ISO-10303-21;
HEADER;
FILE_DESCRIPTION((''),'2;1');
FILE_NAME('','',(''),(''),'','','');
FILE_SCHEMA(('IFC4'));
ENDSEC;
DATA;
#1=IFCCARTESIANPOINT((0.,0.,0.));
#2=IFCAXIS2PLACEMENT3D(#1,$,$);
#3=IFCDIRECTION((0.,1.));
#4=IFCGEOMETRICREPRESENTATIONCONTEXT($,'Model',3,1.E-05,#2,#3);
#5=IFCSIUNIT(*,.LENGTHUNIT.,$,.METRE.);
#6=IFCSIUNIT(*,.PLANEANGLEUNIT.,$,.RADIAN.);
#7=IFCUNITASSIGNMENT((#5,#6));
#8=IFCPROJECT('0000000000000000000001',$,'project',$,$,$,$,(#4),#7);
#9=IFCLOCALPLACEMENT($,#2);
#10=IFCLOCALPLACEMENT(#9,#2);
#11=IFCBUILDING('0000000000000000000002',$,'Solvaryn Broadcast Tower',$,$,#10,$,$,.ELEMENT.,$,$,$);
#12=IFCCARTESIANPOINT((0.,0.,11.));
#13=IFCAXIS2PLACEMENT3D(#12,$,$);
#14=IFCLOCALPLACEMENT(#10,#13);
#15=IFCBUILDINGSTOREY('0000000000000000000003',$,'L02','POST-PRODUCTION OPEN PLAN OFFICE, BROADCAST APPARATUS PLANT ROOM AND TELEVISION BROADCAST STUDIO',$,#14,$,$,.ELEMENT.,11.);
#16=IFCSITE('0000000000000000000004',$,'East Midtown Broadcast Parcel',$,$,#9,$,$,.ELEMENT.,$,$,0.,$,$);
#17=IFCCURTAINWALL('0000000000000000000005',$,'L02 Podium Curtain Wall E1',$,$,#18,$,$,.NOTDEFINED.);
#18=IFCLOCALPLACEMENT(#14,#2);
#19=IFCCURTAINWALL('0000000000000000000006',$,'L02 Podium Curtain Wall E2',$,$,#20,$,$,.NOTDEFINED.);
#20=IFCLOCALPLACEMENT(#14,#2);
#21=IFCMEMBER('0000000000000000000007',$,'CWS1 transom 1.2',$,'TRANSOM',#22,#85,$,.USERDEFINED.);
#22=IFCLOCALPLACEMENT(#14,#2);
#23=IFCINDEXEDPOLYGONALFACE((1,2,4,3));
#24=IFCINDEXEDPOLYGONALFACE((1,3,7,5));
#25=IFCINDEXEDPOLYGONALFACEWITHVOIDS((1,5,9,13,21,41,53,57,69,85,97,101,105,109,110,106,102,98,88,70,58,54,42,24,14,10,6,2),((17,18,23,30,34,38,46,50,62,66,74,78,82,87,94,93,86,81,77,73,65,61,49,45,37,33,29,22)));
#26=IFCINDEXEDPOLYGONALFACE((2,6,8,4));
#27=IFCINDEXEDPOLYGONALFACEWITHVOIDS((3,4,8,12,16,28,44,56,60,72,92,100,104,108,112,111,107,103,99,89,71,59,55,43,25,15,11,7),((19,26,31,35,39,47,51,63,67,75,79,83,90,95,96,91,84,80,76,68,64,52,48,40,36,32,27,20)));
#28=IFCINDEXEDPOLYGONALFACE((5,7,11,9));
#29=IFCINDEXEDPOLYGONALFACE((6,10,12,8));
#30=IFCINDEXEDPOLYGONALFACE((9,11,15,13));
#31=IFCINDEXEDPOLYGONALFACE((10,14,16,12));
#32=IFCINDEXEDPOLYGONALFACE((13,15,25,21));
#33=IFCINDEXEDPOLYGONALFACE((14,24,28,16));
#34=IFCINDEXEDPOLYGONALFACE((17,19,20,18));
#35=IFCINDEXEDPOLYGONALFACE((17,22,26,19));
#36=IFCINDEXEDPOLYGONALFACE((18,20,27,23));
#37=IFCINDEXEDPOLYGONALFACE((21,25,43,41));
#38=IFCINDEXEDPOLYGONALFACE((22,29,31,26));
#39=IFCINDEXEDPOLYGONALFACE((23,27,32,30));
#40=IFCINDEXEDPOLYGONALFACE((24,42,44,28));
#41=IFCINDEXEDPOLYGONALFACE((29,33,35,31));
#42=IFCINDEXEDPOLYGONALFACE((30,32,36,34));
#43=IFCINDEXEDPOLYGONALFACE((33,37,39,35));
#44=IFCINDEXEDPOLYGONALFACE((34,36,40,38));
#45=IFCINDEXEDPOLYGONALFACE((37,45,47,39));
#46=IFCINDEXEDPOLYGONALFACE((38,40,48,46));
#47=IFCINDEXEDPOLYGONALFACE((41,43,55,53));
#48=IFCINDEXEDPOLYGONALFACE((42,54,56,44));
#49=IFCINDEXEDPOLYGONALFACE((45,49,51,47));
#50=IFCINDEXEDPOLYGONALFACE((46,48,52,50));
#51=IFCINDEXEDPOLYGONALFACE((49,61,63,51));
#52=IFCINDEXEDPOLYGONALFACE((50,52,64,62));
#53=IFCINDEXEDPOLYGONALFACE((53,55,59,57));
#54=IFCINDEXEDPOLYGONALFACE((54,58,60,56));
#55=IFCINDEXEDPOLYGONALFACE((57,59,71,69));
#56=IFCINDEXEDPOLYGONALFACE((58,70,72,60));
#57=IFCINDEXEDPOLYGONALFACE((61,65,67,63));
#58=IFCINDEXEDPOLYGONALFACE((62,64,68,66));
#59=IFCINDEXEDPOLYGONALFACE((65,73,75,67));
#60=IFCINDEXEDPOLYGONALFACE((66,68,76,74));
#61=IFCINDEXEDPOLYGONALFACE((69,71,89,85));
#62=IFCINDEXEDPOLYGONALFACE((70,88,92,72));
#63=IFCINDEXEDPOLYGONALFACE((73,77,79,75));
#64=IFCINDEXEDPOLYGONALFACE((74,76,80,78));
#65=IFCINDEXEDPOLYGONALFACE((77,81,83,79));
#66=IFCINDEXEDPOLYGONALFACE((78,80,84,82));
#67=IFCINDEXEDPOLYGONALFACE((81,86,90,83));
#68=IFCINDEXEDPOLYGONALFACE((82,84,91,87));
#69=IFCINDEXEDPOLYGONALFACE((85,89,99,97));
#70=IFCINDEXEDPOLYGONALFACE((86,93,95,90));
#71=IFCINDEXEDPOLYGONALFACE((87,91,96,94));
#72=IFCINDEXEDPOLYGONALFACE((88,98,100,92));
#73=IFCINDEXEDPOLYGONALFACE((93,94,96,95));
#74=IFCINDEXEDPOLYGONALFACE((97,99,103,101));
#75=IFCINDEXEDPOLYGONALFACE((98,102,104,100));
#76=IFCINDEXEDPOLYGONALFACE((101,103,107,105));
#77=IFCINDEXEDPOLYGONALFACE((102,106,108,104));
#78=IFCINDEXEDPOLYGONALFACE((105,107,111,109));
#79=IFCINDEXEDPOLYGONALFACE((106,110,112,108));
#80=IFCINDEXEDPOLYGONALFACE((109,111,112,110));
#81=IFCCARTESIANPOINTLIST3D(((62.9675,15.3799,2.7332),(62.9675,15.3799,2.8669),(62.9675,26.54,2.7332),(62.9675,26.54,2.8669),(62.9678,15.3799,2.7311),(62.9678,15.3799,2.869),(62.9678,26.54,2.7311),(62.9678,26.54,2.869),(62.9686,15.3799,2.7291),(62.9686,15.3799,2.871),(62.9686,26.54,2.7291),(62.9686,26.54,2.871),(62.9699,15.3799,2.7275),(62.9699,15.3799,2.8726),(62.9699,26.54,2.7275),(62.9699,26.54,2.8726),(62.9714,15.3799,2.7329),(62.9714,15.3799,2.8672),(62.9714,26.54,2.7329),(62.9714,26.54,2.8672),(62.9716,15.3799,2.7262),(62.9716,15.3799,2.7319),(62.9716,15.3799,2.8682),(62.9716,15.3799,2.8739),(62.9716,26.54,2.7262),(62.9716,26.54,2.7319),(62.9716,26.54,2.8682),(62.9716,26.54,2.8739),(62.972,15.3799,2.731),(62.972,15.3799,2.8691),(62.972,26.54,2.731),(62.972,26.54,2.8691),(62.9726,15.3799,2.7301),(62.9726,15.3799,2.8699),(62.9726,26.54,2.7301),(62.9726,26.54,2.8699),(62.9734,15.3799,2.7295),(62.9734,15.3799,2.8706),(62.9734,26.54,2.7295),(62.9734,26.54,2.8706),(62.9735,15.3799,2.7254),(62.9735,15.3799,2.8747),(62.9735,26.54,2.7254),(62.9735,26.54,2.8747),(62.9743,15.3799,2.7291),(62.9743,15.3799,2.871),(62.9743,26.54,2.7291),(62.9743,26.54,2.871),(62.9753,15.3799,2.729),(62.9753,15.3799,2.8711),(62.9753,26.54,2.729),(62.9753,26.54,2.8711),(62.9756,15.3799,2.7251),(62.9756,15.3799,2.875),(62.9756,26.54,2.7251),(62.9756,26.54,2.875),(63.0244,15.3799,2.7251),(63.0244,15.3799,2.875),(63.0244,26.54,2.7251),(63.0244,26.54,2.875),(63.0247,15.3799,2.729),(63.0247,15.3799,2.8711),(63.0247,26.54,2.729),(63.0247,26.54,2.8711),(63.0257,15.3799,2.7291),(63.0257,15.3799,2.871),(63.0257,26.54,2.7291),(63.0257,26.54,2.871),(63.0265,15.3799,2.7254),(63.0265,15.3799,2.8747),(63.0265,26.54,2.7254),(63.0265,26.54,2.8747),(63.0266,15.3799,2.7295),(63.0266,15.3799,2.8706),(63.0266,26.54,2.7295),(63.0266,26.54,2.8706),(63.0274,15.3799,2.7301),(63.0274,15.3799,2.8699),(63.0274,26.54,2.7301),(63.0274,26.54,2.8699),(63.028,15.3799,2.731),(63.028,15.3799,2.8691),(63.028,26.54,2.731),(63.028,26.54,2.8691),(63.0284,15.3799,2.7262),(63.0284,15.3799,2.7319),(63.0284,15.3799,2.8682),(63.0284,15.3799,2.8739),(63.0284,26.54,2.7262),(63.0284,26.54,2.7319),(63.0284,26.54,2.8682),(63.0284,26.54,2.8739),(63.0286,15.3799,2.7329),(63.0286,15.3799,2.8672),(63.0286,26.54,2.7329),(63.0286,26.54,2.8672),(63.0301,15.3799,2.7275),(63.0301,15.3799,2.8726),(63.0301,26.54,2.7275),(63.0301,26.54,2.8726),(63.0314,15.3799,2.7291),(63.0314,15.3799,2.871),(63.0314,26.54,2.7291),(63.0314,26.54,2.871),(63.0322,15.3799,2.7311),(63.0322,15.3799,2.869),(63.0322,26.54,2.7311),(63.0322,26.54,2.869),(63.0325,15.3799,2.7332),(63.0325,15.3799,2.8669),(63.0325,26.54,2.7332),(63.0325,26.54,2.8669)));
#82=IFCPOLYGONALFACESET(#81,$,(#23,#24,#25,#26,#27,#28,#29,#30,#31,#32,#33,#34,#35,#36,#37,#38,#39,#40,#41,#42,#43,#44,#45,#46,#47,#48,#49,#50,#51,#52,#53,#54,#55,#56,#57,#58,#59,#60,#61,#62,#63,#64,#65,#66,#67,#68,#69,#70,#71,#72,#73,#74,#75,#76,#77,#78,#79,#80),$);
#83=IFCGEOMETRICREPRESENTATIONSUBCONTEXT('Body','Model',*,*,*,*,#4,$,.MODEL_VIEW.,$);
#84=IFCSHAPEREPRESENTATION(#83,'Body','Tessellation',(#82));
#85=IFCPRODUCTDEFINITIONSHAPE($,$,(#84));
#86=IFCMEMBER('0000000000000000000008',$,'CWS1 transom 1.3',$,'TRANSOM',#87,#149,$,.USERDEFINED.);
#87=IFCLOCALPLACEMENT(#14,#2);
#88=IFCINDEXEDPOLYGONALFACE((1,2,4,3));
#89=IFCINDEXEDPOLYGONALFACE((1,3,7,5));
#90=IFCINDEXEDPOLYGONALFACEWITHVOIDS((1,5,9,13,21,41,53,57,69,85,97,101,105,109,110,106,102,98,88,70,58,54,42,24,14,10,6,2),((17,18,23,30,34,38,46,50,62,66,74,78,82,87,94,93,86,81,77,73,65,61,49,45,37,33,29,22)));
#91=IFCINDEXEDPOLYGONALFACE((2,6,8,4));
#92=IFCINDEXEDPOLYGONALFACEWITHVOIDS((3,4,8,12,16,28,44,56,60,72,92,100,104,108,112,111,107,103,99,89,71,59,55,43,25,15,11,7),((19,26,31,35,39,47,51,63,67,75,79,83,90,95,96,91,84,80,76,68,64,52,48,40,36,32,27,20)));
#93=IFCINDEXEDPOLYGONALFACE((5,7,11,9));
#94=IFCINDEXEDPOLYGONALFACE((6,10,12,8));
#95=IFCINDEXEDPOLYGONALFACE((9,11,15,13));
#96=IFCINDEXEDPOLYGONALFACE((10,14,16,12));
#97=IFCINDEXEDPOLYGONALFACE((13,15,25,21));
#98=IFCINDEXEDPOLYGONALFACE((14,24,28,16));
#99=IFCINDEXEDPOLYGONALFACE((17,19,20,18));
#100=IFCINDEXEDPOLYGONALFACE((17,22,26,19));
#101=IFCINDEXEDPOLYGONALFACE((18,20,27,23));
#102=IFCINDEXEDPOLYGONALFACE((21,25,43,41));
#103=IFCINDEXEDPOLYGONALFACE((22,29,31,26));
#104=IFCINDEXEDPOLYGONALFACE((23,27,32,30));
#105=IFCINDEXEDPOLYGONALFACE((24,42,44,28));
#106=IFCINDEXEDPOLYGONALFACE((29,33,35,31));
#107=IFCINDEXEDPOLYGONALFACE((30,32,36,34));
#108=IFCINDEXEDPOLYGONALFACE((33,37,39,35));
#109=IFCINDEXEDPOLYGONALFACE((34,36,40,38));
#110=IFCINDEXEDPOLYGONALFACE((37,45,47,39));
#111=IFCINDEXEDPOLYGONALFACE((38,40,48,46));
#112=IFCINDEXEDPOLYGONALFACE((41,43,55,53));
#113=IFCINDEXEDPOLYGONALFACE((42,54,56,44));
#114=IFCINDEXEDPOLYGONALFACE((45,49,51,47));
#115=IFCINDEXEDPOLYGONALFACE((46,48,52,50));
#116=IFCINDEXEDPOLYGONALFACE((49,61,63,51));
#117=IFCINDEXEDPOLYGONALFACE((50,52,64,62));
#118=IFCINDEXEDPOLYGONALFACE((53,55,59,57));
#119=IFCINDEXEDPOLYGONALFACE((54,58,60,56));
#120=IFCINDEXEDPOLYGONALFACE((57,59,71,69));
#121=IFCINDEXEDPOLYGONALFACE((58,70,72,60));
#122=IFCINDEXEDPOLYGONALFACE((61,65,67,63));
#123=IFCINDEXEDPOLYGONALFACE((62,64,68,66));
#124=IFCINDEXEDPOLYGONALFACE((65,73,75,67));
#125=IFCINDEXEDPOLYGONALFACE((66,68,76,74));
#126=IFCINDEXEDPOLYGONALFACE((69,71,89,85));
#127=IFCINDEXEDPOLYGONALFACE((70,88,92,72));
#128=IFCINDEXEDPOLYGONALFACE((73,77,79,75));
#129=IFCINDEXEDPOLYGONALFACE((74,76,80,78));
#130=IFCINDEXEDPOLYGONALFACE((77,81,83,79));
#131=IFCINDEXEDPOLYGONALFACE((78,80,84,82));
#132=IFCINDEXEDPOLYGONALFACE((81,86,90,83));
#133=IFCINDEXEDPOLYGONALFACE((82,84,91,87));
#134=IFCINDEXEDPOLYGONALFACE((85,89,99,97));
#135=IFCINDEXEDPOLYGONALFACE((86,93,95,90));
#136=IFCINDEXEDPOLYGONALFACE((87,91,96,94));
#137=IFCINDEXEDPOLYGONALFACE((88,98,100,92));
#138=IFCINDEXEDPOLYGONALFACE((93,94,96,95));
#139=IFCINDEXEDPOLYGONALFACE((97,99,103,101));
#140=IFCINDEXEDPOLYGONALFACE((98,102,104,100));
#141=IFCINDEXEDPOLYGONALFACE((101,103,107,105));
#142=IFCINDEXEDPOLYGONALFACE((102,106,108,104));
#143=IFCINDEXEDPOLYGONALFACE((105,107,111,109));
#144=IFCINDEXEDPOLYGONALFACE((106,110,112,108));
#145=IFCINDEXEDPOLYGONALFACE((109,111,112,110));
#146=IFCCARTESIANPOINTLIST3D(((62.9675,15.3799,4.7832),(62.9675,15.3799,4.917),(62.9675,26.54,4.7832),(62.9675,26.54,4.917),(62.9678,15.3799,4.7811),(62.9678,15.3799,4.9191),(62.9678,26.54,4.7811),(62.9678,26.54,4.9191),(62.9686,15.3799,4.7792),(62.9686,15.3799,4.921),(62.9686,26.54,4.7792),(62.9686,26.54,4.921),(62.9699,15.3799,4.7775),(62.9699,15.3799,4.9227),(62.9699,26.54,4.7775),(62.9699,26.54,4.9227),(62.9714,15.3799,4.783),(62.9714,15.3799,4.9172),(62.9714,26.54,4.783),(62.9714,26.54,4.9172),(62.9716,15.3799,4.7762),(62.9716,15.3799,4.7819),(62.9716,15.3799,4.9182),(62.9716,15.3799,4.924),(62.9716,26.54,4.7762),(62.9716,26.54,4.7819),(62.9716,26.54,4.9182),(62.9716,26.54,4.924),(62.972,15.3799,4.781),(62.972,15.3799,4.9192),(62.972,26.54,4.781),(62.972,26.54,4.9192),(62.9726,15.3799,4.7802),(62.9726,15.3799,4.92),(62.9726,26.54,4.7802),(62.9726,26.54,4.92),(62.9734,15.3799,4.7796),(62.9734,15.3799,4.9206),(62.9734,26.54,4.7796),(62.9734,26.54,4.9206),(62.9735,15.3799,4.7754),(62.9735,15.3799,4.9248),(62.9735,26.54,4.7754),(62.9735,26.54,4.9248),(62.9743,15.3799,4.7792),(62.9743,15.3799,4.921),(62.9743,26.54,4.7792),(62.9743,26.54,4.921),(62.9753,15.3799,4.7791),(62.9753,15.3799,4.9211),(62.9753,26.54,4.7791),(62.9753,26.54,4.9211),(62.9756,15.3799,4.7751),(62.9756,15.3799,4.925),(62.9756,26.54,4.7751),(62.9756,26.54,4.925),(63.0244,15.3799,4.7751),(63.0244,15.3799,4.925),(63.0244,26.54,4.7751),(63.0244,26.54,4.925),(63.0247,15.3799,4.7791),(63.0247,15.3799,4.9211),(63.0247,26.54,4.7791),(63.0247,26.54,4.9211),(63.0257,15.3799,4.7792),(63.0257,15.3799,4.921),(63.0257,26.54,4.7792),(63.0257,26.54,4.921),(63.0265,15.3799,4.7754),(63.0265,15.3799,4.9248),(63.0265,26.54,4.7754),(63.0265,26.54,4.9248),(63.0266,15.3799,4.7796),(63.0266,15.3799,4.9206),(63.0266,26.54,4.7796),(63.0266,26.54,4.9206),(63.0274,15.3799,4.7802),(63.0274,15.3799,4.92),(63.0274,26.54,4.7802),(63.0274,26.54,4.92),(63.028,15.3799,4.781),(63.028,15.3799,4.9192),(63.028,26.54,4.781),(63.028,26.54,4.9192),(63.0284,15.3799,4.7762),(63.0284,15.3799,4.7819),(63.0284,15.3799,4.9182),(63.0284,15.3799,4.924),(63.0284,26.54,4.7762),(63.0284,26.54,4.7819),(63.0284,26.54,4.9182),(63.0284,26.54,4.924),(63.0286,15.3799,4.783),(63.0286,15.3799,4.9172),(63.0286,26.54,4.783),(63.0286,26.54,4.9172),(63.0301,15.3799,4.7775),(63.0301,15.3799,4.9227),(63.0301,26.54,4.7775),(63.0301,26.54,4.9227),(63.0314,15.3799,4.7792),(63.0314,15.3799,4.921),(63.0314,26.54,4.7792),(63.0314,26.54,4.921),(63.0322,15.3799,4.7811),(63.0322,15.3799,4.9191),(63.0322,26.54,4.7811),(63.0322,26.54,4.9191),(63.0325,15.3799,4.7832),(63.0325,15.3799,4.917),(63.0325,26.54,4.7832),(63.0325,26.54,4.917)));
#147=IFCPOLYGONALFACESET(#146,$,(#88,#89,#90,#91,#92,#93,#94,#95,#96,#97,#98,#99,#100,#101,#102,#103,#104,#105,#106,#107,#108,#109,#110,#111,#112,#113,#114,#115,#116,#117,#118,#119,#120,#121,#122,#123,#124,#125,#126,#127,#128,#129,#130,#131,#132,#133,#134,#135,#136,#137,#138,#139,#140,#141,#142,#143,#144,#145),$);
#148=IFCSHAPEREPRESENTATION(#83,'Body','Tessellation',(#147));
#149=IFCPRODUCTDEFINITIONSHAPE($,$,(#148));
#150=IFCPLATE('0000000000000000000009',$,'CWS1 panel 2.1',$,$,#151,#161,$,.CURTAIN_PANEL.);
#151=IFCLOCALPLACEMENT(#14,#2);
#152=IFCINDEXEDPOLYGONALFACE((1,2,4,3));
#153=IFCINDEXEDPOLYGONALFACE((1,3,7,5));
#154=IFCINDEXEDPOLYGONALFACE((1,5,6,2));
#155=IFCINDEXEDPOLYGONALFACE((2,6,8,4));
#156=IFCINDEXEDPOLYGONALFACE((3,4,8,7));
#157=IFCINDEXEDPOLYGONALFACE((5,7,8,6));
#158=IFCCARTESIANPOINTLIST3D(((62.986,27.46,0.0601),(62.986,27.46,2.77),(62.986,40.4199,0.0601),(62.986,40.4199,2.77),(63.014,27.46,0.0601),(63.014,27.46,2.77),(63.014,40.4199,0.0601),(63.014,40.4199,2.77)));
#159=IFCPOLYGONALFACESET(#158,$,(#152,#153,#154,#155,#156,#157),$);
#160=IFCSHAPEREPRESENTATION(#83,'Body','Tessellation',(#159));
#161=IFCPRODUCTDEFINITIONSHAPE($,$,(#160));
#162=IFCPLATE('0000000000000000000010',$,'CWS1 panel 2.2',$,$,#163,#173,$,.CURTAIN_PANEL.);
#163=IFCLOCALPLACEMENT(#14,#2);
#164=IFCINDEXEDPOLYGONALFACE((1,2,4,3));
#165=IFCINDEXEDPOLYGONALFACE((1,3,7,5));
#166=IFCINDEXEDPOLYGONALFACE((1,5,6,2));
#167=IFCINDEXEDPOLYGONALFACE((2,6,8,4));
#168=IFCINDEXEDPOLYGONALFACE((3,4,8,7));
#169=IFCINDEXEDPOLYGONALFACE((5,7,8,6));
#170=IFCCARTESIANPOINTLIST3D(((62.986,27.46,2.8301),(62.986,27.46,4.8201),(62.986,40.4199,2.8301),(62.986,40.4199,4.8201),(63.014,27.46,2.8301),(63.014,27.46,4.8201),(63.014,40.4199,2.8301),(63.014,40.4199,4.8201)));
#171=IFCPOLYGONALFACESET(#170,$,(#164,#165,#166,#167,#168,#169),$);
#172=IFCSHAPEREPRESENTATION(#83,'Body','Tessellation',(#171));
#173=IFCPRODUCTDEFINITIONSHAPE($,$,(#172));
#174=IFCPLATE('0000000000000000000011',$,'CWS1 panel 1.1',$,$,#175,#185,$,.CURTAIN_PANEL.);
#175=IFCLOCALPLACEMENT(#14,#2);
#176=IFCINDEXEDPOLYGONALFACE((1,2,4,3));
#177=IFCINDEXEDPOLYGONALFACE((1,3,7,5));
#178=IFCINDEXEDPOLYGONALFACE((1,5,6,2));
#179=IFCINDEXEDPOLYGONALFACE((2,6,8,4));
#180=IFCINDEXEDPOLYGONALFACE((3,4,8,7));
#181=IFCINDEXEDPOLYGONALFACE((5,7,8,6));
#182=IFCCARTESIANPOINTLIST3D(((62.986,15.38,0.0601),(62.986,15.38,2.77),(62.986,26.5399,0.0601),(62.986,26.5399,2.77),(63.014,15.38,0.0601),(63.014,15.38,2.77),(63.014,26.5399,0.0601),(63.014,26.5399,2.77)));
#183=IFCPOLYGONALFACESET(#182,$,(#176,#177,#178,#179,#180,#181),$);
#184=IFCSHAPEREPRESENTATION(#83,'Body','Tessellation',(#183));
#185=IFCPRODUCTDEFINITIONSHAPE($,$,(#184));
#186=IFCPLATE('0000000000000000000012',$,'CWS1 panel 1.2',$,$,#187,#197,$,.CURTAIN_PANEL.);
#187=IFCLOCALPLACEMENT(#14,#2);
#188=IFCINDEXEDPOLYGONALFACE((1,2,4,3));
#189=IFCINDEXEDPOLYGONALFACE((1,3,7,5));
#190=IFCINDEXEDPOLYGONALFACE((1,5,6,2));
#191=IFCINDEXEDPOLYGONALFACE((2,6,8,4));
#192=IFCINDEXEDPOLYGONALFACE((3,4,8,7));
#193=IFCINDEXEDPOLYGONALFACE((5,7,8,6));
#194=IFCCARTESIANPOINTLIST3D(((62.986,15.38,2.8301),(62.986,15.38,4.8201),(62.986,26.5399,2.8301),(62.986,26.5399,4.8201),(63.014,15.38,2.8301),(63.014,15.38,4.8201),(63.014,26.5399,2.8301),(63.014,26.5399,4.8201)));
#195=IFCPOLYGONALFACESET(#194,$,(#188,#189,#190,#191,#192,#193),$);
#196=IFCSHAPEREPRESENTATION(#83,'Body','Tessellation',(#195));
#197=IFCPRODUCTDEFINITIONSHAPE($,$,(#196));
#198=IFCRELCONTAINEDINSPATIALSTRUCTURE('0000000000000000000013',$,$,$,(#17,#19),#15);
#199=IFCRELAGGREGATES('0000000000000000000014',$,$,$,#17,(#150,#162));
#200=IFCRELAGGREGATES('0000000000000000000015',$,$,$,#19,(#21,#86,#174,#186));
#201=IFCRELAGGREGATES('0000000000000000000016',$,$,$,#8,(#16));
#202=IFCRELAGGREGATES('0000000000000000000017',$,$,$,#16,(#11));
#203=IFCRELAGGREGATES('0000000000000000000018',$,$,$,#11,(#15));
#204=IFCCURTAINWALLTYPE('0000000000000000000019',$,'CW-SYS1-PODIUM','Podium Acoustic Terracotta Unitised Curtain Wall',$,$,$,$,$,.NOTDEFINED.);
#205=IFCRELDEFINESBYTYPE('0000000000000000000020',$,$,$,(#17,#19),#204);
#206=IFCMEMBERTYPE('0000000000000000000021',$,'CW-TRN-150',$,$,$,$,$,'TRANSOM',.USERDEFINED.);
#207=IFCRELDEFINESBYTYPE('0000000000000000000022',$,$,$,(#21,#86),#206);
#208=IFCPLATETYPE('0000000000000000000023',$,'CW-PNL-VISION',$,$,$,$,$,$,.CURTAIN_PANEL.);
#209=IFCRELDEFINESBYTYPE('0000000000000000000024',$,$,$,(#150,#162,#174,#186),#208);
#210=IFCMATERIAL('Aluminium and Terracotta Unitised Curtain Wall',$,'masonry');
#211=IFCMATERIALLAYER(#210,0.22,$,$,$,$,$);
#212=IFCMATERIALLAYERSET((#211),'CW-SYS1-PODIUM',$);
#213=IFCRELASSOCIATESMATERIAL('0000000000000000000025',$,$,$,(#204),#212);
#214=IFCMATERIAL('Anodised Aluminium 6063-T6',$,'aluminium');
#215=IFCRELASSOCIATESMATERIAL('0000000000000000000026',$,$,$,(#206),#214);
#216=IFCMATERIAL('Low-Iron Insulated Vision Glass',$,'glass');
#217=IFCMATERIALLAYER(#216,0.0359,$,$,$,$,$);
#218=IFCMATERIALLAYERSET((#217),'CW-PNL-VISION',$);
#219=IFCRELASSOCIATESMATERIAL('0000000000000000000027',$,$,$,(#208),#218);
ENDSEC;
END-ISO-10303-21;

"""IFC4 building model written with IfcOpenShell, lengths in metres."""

from ifc_helpers import new_model, si_unit, direction, frame, origin, origin_2d, place, context, subcontext, project, spatial, rectangle, hollow_rectangle, extrude, material, layer, layer_set, material_profile, profile_set, type_object, element, aggregate, save


model = new_model("IFC4")

# Units and contexts
model_context = context("Model", 3, precision=1e-05, world=origin(), true_north=direction((0.0, 1.0)))
body_context = subcontext(model_context, "Body", "Model", "MODEL_VIEW")
ifc_project = project(units=[si_unit("LENGTHUNIT", "METRE"), si_unit("PLANEANGLEUNIT", "RADIAN")], contexts=[model_context])

# Site, building, storey
site_placement = place(None, origin())
site = spatial("IfcSite", under=ifc_project, at=site_placement, Name="East Midtown Broadcast Parcel", CompositionType="ELEMENT", RefElevation=0.0)
building_placement = place(site_placement, origin())
building = spatial("IfcBuilding", under=site, at=building_placement, Name="Solvaryn Broadcast Tower", CompositionType="ELEMENT")
storey_placement = place(building_placement, frame((0.0, 0.0, 11.0)))
storey = spatial("IfcBuildingStorey", under=building, at=storey_placement, Name="L02", Description="POST-PRODUCTION OPEN PLAN OFFICE, BROADCAST APPARATUS PLANT ROOM AND TELEVISION BROADCAST STUDIO", CompositionType="ELEMENT", Elevation=11.0)

# Curtain walls
ifc_material_1 = material(Name="Aluminium and Terracotta Unitised Curtain Wall", Category="masonry")
ifc_layer_1 = layer(ifc_material_1, 0.22)
ifc_layer_set_1 = layer_set([ifc_layer_1], Name="CW-SYS1-PODIUM")
curtain_wall_type = type_object("IfcCurtainWallType", Name="CW-SYS1-PODIUM", Description="Podium Acoustic Terracotta Unitised Curtain Wall", PredefinedType="NOTDEFINED", material=ifc_layer_set_1)
curtain_wall_1_placement = place(storey_placement, origin())
curtain_wall_1 = element("IfcCurtainWall", 1, at=curtain_wall_1_placement, inside=storey, type_object=curtain_wall_type, Name="L02 Podium Curtain Wall E1", PredefinedType="NOTDEFINED")
curtain_wall_2_placement = place(storey_placement, origin())
curtain_wall_2 = element("IfcCurtainWall", 2, at=curtain_wall_2_placement, inside=storey, type_object=curtain_wall_type, Name="L02 Podium Curtain Wall E2", PredefinedType="NOTDEFINED")

# Members
ifc_material_2 = material(Name="Anodised Aluminium 6063-T6", Category="aluminium")
ifc_material_profile_1 = material_profile(ifc_material_2, hollow_rectangle(XDim=0.0649, YDim=0.1499, WallThickness=0.0039, InnerFilletRadius=0.0039, OuterFilletRadius=0.0081, at=origin_2d()))
ifc_profile_set_1 = profile_set([ifc_material_profile_1], Name="Anodised Aluminium 6063-T6")
member_type_1 = type_object("IfcMemberType", Name="CW-TRN-150", ElementType="TRANSOM", PredefinedType="USERDEFINED", material=ifc_profile_set_1)
member_1_placement = place(storey_placement, frame((63.0, 26.54, 2.8), z_axis=(0.0, -1.0, 0.0), x_axis=(1.0, 0.0, 0.0)))
member_1 = element("IfcMember", 3, at=member_1_placement, type_object=member_type_1, Name="CWS1 transom 1.2", ObjectType="TRANSOM", PredefinedType="USERDEFINED", context=body_context, shape_type="SweptSolid", body=[
    extrude(hollow_rectangle(XDim=0.0649, YDim=0.1499, WallThickness=0.0039, InnerFilletRadius=0.0039, OuterFilletRadius=0.0081, at=origin_2d()), origin(), (0.0, 0.0, 1.0), 11.1602),
])
member_2_placement = place(storey_placement, frame((63.0, 26.54, 4.8501), z_axis=(0.0, -1.0, 0.0), x_axis=(1.0, 0.0, 0.0)))
member_2 = element("IfcMember", 4, at=member_2_placement, type_object=member_type_1, Name="CWS1 transom 1.3", ObjectType="TRANSOM", PredefinedType="USERDEFINED", context=body_context, shape_type="SweptSolid", body=[
    extrude(hollow_rectangle(XDim=0.0649, YDim=0.1499, WallThickness=0.0039, InnerFilletRadius=0.0039, OuterFilletRadius=0.0081, at=origin_2d()), origin(), (0.0, 0.0, 1.0), 11.1602),
])

# Plates
ifc_material_3 = material(Name="Low-Iron Insulated Vision Glass", Category="glass")
ifc_layer_2 = layer(ifc_material_3, 0.0359)
ifc_layer_set_2 = layer_set([ifc_layer_2], Name="CW-PNL-VISION")
plate_type = type_object("IfcPlateType", Name="CW-PNL-VISION", PredefinedType="CURTAIN_PANEL", material=ifc_layer_set_2)
plate_1_placement = place(storey_placement, frame((63.0, 33.9399, 0.0601), z_axis=(0.0, 0.0, 1.0), x_axis=(0.0, -1.0, 0.0)))
plate_1 = element("IfcPlate", 5, at=plate_1_placement, type_object=plate_type, Name="CWS1 panel 2.1", PredefinedType="CURTAIN_PANEL", context=body_context, shape_type="SweptSolid", body=[
    extrude(rectangle(XDim=12.96, YDim=0.0281, at=origin_2d()), origin(), (0.0, 0.0, 1.0), 2.71),
])
plate_2_placement = place(storey_placement, frame((63.0, 33.9399, 2.8301), z_axis=(0.0, 0.0, 1.0), x_axis=(0.0, -1.0, 0.0)))
plate_2 = element("IfcPlate", 6, at=plate_2_placement, type_object=plate_type, Name="CWS1 panel 2.2", PredefinedType="CURTAIN_PANEL", context=body_context, shape_type="SweptSolid", body=[
    extrude(rectangle(XDim=12.96, YDim=0.0281, at=origin_2d()), origin(), (0.0, 0.0, 1.0), 1.99),
])
aggregate(curtain_wall_1, [plate_1, plate_2])
plate_3_placement = place(storey_placement, frame((63.0, 20.96, 0.0601), z_axis=(0.0, 0.0, 1.0), x_axis=(0.0, -1.0, 0.0)))
plate_3 = element("IfcPlate", 7, at=plate_3_placement, type_object=plate_type, Name="CWS1 panel 1.1", PredefinedType="CURTAIN_PANEL", context=body_context, shape_type="SweptSolid", body=[
    extrude(rectangle(XDim=11.1599, YDim=0.0281, at=origin_2d()), origin(), (0.0, 0.0, 1.0), 2.71),
])
plate_4_placement = place(storey_placement, frame((63.0, 20.96, 2.8301), z_axis=(0.0, 0.0, 1.0), x_axis=(0.0, -1.0, 0.0)))
plate_4 = element("IfcPlate", 8, at=plate_4_placement, type_object=plate_type, Name="CWS1 panel 1.2", PredefinedType="CURTAIN_PANEL", context=body_context, shape_type="SweptSolid", body=[
    extrude(rectangle(XDim=11.1599, YDim=0.0281, at=origin_2d()), origin(), (0.0, 0.0, 1.0), 1.99),
])
aggregate(curtain_wall_2, [member_1, member_2, plate_3, plate_4])

save(model, "model.ifc")
